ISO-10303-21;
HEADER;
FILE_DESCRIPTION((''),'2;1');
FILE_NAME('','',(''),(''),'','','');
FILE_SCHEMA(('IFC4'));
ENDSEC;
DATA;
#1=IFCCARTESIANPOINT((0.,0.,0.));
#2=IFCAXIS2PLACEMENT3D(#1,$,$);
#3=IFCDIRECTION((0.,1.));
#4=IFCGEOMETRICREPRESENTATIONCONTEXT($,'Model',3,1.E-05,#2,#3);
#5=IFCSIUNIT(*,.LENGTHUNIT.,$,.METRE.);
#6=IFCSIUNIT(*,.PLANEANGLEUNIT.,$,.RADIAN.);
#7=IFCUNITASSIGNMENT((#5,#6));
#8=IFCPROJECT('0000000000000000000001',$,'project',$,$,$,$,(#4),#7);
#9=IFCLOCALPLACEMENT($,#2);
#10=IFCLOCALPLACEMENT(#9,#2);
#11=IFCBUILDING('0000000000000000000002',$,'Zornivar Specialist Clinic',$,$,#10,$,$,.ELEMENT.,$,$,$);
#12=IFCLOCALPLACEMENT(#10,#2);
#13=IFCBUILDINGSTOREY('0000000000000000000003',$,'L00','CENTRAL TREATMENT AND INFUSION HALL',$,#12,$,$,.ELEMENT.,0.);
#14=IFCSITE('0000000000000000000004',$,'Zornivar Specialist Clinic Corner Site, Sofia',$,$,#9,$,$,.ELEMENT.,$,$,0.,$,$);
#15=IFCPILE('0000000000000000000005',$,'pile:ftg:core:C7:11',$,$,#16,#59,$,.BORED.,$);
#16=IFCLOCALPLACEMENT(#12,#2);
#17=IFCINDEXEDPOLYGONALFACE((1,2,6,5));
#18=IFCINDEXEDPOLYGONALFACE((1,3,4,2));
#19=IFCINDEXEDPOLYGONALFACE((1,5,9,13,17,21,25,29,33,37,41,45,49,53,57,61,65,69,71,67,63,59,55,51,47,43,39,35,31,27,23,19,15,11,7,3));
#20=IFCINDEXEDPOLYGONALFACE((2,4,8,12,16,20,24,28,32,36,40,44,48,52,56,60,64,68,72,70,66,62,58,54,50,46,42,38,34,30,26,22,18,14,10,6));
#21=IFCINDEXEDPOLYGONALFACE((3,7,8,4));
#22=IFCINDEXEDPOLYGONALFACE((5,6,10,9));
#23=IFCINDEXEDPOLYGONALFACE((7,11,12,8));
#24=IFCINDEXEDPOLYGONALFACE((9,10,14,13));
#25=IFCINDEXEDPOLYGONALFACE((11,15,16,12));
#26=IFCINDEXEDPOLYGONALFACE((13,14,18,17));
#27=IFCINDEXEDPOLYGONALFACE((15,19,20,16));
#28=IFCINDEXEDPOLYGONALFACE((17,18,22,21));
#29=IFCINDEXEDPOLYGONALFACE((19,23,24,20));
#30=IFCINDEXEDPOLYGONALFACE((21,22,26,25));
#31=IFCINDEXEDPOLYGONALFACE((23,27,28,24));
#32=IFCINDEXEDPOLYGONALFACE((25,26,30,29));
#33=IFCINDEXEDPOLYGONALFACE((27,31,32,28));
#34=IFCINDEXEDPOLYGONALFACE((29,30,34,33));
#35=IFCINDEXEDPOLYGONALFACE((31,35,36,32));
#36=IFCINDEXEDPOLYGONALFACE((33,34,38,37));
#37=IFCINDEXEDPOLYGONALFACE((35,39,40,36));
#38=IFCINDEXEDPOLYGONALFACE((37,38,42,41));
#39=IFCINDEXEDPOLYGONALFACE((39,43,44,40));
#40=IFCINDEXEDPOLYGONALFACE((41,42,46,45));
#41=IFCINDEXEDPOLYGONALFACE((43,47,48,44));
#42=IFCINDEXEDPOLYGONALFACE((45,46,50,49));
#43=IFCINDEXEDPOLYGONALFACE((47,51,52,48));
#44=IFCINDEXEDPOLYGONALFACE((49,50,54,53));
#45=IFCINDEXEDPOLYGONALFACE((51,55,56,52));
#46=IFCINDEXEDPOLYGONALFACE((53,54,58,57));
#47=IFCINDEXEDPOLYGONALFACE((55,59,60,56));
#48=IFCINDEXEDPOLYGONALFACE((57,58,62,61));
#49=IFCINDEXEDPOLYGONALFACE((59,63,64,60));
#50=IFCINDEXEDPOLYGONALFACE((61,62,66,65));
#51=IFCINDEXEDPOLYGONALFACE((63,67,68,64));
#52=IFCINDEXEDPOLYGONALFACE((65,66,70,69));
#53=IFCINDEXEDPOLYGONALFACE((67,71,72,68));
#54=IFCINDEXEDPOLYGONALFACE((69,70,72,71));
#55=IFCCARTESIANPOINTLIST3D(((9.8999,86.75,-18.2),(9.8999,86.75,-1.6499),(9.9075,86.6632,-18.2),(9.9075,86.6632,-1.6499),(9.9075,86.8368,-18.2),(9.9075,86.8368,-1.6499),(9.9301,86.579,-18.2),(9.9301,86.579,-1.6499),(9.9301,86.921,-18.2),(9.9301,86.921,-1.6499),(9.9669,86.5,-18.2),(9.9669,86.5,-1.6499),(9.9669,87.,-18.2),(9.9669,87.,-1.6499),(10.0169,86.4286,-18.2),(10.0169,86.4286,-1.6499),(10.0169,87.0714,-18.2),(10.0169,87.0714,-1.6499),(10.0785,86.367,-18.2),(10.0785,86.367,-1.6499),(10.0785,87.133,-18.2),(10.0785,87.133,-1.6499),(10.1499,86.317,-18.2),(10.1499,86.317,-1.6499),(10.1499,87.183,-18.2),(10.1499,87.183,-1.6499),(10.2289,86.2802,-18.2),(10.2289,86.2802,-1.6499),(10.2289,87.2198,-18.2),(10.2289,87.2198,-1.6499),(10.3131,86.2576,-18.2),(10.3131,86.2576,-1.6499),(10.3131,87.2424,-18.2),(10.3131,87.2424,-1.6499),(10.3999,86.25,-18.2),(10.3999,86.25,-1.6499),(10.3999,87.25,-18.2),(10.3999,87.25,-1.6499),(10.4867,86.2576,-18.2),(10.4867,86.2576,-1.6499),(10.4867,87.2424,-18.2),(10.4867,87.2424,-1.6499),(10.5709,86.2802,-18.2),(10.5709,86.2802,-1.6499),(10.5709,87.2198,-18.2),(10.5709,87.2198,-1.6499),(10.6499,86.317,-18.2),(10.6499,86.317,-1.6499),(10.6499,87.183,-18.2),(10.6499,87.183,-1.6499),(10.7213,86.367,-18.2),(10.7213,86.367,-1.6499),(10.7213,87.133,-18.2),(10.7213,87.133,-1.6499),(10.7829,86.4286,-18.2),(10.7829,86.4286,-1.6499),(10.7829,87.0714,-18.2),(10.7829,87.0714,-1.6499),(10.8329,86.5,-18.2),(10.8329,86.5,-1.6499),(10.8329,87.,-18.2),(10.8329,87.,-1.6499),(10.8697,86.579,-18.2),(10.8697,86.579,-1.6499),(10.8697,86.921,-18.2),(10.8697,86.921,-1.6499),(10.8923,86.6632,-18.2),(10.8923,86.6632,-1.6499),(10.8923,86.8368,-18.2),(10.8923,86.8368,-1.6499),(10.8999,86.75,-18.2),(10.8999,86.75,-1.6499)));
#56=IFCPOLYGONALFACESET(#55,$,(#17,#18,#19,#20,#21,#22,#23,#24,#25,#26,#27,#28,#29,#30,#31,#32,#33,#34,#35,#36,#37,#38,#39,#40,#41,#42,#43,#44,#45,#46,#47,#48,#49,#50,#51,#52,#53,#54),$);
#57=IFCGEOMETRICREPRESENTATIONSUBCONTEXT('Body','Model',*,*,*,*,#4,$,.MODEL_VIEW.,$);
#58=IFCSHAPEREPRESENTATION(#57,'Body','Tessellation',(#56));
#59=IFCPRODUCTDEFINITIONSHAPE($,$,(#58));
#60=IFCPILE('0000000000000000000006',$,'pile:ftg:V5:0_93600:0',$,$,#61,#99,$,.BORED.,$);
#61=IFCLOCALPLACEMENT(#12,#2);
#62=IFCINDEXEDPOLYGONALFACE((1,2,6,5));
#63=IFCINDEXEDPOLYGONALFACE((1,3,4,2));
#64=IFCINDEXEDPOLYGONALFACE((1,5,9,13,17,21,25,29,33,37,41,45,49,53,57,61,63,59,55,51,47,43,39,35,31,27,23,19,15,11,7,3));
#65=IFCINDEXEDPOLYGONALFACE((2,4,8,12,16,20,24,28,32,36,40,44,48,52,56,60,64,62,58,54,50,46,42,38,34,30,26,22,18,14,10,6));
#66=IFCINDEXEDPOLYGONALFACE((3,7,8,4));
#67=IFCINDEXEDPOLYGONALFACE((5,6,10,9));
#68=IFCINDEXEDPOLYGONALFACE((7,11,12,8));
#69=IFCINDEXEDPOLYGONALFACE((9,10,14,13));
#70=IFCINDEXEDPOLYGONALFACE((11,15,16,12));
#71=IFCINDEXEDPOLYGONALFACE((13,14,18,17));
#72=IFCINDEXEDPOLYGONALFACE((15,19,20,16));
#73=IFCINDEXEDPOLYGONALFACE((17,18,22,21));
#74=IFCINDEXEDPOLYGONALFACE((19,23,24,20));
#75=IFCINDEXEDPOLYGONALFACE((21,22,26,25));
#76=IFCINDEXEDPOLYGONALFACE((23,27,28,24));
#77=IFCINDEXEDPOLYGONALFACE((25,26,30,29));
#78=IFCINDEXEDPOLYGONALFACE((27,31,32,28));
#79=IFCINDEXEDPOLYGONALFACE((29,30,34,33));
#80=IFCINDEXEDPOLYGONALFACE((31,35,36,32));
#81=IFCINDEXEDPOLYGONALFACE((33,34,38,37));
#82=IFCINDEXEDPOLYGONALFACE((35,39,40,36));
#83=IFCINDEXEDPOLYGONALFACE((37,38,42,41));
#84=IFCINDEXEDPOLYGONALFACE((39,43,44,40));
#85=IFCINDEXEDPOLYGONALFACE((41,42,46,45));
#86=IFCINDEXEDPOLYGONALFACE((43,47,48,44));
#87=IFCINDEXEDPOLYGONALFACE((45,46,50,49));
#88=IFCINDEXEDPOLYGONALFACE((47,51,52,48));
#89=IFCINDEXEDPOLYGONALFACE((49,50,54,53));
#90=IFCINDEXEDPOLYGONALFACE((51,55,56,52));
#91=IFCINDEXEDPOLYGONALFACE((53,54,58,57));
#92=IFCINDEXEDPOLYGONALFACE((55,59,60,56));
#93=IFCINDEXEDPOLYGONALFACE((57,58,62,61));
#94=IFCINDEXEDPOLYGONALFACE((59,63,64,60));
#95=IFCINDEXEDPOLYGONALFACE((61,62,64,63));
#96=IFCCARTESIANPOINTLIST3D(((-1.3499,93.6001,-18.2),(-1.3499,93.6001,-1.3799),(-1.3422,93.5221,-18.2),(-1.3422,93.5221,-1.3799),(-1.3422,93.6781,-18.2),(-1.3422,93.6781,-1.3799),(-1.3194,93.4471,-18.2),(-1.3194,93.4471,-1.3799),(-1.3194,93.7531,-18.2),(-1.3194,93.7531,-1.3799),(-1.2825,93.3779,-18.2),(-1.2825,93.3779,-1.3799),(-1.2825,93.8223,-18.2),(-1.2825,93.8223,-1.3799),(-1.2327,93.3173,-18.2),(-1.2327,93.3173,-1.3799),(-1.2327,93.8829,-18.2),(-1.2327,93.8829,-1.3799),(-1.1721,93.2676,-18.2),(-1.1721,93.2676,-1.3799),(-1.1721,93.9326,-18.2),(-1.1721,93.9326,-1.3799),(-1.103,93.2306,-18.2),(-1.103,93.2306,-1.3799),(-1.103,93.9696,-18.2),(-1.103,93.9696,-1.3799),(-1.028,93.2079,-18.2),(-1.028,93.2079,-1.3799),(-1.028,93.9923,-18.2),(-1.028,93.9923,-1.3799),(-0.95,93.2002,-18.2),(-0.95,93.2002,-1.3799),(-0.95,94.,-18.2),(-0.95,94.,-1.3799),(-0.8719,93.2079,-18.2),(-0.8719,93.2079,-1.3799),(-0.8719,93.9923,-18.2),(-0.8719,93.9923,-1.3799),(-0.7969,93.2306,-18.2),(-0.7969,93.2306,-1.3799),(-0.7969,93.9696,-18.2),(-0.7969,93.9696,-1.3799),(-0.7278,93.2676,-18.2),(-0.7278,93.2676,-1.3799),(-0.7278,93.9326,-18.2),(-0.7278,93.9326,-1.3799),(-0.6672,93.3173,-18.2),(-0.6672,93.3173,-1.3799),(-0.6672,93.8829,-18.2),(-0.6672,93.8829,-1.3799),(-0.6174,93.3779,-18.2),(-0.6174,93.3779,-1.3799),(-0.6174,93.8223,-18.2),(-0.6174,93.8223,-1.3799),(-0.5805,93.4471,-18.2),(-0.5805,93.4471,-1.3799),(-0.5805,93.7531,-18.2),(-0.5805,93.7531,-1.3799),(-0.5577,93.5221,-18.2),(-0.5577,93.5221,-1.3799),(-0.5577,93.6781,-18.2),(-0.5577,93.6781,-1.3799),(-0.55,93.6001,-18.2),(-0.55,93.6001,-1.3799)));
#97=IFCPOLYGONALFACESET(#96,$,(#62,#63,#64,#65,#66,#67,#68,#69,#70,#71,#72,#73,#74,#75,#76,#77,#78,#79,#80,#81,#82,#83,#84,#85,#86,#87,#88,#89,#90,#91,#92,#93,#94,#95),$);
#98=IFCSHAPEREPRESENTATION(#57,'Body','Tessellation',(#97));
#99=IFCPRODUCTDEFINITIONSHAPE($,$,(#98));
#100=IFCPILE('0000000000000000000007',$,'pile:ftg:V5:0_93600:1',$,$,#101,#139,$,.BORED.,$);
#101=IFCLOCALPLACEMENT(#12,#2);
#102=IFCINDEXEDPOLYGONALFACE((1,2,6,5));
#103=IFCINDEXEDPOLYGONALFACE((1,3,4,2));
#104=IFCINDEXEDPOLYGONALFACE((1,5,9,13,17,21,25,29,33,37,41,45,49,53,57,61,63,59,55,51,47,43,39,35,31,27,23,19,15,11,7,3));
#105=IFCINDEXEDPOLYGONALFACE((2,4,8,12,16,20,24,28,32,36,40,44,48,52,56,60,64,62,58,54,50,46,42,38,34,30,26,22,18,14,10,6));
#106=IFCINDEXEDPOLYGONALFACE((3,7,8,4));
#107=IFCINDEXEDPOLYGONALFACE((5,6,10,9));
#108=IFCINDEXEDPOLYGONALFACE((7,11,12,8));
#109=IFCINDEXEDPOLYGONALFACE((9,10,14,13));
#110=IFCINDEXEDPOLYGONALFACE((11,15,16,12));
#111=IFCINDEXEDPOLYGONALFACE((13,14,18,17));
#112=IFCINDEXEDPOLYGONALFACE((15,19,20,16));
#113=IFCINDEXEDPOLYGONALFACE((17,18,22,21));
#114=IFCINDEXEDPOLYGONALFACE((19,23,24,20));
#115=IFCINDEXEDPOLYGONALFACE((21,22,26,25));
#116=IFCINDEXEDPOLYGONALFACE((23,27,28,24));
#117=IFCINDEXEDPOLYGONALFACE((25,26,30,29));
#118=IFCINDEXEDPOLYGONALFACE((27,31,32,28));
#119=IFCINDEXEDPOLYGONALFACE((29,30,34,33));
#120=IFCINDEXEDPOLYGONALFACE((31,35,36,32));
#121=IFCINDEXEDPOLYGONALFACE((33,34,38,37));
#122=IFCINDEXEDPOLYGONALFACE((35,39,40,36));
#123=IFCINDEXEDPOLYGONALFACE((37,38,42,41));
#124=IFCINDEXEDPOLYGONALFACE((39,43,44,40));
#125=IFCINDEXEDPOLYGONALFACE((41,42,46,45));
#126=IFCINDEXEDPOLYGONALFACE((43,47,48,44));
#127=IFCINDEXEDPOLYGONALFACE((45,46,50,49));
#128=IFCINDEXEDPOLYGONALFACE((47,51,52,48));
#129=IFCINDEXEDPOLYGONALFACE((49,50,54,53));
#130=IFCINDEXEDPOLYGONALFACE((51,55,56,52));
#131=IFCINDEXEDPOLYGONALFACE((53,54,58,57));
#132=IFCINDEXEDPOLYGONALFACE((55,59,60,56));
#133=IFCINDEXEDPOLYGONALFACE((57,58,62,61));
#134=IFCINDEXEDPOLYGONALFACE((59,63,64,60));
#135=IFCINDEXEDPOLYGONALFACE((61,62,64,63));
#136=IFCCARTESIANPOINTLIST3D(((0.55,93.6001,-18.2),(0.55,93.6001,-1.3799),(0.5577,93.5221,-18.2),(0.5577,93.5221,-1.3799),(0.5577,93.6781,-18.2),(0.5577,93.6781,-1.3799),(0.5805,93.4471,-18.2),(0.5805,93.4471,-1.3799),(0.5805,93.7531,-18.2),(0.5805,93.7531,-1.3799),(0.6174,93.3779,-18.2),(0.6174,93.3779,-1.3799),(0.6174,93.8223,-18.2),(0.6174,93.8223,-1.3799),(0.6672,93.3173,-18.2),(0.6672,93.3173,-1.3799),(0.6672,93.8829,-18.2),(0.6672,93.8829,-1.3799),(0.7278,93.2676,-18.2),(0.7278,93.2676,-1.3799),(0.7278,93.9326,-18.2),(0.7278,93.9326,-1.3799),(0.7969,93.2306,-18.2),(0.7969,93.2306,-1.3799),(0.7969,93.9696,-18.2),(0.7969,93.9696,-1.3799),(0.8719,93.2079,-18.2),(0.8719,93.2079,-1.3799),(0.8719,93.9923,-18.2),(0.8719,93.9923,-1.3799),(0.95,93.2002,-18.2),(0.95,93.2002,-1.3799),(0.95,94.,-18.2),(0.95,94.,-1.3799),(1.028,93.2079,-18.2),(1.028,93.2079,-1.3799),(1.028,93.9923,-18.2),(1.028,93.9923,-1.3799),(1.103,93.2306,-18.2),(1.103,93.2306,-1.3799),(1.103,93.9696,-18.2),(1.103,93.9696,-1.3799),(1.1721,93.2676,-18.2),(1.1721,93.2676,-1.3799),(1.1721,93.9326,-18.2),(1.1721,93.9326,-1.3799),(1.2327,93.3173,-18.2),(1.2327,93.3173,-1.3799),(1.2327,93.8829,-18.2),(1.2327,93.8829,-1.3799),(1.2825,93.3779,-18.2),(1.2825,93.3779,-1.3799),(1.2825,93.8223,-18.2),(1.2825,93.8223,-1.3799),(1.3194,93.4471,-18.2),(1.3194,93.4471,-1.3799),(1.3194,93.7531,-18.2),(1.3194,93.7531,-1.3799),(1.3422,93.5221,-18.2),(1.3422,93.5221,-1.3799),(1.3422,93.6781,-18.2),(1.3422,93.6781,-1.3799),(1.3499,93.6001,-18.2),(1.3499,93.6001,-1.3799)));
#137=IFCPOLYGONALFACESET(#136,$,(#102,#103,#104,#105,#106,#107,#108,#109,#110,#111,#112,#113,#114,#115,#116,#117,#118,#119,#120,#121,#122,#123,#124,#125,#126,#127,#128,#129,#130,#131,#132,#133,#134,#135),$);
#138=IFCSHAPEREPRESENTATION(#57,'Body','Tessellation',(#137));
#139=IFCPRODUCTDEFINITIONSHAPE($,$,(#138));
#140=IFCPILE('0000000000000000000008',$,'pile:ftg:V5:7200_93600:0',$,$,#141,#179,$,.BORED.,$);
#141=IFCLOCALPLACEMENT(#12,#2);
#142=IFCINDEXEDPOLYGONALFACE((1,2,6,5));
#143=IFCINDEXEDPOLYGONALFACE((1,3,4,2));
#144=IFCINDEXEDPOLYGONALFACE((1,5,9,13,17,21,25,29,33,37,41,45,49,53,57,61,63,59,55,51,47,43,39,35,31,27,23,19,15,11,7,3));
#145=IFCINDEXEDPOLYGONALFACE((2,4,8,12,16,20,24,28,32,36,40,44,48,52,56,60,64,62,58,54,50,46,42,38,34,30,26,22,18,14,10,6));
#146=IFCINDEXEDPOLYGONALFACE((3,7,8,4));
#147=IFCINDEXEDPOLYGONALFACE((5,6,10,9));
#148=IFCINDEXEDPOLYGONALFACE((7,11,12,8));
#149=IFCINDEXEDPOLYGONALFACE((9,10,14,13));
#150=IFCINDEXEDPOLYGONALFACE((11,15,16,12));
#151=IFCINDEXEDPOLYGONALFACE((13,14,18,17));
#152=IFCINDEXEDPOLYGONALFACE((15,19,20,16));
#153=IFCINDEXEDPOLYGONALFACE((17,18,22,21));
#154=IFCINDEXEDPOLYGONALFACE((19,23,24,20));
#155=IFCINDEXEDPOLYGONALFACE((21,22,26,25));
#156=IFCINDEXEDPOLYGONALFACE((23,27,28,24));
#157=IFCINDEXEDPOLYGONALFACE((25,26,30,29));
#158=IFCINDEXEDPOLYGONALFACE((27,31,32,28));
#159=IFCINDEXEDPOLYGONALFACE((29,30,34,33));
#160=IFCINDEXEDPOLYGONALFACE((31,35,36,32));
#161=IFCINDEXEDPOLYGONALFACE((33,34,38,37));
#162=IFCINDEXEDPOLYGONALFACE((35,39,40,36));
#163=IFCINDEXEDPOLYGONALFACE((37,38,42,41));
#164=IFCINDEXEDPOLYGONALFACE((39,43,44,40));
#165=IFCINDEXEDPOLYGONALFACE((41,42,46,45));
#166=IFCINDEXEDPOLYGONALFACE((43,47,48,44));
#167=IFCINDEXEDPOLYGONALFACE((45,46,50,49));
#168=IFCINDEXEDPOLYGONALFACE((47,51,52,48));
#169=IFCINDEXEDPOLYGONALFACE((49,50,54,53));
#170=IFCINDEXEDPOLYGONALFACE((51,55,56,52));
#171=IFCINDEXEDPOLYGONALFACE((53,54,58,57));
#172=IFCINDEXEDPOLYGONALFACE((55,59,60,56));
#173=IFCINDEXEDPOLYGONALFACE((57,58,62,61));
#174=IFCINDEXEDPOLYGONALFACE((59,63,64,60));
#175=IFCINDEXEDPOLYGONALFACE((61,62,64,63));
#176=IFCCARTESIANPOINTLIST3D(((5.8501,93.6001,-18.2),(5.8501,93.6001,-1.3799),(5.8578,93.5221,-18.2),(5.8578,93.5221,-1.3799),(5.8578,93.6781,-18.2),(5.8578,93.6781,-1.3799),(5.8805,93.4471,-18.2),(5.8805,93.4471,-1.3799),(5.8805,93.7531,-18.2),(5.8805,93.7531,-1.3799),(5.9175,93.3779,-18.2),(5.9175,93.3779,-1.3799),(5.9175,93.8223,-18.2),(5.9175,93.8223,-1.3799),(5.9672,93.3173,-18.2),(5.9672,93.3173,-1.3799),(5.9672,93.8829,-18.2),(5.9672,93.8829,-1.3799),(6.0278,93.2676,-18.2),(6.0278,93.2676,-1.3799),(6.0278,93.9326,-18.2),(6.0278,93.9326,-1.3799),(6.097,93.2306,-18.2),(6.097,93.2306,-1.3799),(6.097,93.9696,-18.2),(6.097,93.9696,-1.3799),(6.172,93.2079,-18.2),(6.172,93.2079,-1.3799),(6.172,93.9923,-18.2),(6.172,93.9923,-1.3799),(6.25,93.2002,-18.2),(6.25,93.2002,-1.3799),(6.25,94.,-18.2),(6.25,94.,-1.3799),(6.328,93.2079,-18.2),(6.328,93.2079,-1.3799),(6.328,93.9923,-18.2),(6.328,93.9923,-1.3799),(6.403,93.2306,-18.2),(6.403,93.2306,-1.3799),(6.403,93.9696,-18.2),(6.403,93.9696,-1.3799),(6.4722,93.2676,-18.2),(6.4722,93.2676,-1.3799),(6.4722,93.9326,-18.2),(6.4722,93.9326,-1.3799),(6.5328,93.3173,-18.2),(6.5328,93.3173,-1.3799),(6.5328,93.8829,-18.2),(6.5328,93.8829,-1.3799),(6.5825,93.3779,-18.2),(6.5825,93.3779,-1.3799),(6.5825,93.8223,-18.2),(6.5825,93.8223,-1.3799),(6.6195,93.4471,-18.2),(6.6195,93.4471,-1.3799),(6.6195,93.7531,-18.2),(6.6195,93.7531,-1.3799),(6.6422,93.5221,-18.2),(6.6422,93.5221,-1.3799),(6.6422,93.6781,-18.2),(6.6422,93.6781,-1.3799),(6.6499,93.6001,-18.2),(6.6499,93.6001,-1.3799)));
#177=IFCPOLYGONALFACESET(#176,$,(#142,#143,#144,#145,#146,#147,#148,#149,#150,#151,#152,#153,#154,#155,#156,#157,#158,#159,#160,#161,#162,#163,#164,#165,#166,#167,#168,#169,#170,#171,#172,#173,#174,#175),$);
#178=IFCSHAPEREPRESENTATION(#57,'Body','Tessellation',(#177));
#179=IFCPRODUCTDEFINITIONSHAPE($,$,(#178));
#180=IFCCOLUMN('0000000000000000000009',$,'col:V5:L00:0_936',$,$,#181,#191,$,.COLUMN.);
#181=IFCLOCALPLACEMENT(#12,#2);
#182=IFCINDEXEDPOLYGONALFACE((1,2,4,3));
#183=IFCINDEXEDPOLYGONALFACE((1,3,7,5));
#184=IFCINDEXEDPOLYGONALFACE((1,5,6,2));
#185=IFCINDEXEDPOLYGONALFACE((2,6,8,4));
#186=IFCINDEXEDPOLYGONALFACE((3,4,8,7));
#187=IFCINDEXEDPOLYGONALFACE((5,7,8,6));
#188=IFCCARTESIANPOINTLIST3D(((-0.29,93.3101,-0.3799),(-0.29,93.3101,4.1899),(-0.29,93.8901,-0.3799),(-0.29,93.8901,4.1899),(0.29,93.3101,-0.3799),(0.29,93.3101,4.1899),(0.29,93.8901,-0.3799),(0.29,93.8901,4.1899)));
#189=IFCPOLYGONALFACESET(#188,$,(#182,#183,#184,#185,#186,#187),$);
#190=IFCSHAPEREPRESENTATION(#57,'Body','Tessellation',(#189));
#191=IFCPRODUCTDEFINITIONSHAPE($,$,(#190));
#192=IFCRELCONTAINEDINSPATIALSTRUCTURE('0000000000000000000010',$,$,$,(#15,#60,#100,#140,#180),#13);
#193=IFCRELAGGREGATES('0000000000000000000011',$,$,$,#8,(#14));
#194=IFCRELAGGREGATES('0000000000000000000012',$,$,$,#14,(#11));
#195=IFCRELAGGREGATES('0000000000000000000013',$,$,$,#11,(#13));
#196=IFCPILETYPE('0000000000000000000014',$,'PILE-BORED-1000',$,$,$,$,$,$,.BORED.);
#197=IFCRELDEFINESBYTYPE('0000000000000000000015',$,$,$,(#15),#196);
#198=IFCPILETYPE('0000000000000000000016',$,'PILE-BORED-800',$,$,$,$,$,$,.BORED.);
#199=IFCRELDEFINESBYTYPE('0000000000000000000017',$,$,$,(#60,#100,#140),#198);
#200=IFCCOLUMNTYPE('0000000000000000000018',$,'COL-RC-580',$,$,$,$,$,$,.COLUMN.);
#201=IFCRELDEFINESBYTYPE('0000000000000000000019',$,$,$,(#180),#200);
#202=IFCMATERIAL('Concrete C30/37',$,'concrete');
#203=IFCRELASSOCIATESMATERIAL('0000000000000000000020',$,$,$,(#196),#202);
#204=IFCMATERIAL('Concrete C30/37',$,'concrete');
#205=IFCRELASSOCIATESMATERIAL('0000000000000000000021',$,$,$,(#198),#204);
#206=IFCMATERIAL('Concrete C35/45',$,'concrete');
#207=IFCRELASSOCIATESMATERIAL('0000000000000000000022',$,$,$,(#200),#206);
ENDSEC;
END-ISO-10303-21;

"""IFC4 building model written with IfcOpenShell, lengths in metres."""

from ifc_helpers import new_model, si_unit, direction, frame, origin, origin_2d, place, context, subcontext, project, spatial, rectangle, circle, extrude, material, material_profile, profile_set, type_object, element, save


model = new_model("IFC4")

# Units and contexts
model_context = context("Model", 3, precision=1e-05, world=origin(), true_north=direction((0.0, 1.0)))
body_context = subcontext(model_context, "Body", "Model", "MODEL_VIEW")
ifc_project = project(units=[si_unit("LENGTHUNIT", "METRE"), si_unit("PLANEANGLEUNIT", "RADIAN")], contexts=[model_context])

# Site, building, storey
site_placement = place(None, origin())
site = spatial("IfcSite", under=ifc_project, at=site_placement, Name="Zornivar Specialist Clinic Corner Site, Sofia", CompositionType="ELEMENT", RefElevation=0.0)
building_placement = place(site_placement, origin())
building = spatial("IfcBuilding", under=site, at=building_placement, Name="Zornivar Specialist Clinic", CompositionType="ELEMENT")
storey_placement = place(building_placement, origin())
storey = spatial("IfcBuildingStorey", under=building, at=storey_placement, Name="L00", Description="CENTRAL TREATMENT AND INFUSION HALL", CompositionType="ELEMENT", Elevation=0.0)

# Piles
ifc_material_1 = material(Name="Concrete C30/37", Category="concrete")
ifc_material_profile_1 = material_profile(ifc_material_1, circle(Radius=0.5, at=origin_2d()), Name="PILE D1000")
ifc_profile_set_1 = profile_set([ifc_material_profile_1], Name="Concrete C30/37")
pile_type_1 = type_object("IfcPileType", Name="PILE-BORED-1000", PredefinedType="BORED", material=ifc_profile_set_1)
for number, where, z_axis, x_axis, name in (
    (1, (10.3999, 86.75, -1.6499), (0.0, 0.0, -1.0), (1.0, 0.0, 0.0), "pile:ftg:core:C7:11"),
):
    element("IfcPile", number, at=place(storey_placement, frame(where, z_axis=z_axis, x_axis=x_axis)), inside=storey, type_object=pile_type_1, Name=name, PredefinedType="BORED", context=body_context, shape_type="SweptSolid", body=[
        extrude(circle(Radius=0.5, at=origin_2d()), origin(), (0.0, 0.0, 1.0), 16.55),
    ])
ifc_material_2 = material(Name="Concrete C30/37", Category="concrete")
ifc_material_profile_2 = material_profile(ifc_material_2, circle(Radius=0.3999, at=origin_2d()), Name="PILE D800")
ifc_profile_set_2 = profile_set([ifc_material_profile_2], Name="Concrete C30/37")
pile_type_2 = type_object("IfcPileType", Name="PILE-BORED-800", PredefinedType="BORED", material=ifc_profile_set_2)
for number, where, z_axis, x_axis, name in (
    (2, (-0.95, 93.6001, -1.3799), (0.0, 0.0, -1.0), (1.0, 0.0, 0.0), "pile:ftg:V5:0_93600:0"),
    (3, (0.95, 93.6001, -1.3799), (0.0, 0.0, -1.0), (1.0, 0.0, 0.0), "pile:ftg:V5:0_93600:1"),
    (4, (6.25, 93.6001, -1.3799), (0.0, 0.0, -1.0), (1.0, 0.0, 0.0), "pile:ftg:V5:7200_93600:0"),
):
    element("IfcPile", number, at=place(storey_placement, frame(where, z_axis=z_axis, x_axis=x_axis)), inside=storey, type_object=pile_type_2, Name=name, PredefinedType="BORED", context=body_context, shape_type="SweptSolid", body=[
        extrude(circle(Radius=0.3999, at=origin_2d()), origin(), (0.0, 0.0, 1.0), 16.8201),
    ])

# Column
ifc_material_3 = material(Name="Concrete C35/45", Category="concrete")
ifc_material_profile_3 = material_profile(ifc_material_3, rectangle(XDim=0.5801, YDim=0.5801, at=origin_2d()), Name="RC 580x580")
ifc_profile_set_3 = profile_set([ifc_material_profile_3], Name="Concrete C35/45")
column_type = type_object("IfcColumnType", Name="COL-RC-580", PredefinedType="COLUMN", material=ifc_profile_set_3)
column_placement = place(storey_placement, frame((0.0, 93.6001, -0.3799), z_axis=(0.0, 0.0, 1.0), x_axis=(1.0, 0.0, 0.0)))
element("IfcColumn", 5, at=column_placement, inside=storey, type_object=column_type, Name="col:V5:L00:0_936", PredefinedType="COLUMN", context=body_context, shape_type="SweptSolid", body=[
    extrude(rectangle(XDim=0.5801, YDim=0.5801, at=origin_2d()), origin(), (0.0, 0.0, 1.0), 4.5698),
])

save(model, "model.ifc")
